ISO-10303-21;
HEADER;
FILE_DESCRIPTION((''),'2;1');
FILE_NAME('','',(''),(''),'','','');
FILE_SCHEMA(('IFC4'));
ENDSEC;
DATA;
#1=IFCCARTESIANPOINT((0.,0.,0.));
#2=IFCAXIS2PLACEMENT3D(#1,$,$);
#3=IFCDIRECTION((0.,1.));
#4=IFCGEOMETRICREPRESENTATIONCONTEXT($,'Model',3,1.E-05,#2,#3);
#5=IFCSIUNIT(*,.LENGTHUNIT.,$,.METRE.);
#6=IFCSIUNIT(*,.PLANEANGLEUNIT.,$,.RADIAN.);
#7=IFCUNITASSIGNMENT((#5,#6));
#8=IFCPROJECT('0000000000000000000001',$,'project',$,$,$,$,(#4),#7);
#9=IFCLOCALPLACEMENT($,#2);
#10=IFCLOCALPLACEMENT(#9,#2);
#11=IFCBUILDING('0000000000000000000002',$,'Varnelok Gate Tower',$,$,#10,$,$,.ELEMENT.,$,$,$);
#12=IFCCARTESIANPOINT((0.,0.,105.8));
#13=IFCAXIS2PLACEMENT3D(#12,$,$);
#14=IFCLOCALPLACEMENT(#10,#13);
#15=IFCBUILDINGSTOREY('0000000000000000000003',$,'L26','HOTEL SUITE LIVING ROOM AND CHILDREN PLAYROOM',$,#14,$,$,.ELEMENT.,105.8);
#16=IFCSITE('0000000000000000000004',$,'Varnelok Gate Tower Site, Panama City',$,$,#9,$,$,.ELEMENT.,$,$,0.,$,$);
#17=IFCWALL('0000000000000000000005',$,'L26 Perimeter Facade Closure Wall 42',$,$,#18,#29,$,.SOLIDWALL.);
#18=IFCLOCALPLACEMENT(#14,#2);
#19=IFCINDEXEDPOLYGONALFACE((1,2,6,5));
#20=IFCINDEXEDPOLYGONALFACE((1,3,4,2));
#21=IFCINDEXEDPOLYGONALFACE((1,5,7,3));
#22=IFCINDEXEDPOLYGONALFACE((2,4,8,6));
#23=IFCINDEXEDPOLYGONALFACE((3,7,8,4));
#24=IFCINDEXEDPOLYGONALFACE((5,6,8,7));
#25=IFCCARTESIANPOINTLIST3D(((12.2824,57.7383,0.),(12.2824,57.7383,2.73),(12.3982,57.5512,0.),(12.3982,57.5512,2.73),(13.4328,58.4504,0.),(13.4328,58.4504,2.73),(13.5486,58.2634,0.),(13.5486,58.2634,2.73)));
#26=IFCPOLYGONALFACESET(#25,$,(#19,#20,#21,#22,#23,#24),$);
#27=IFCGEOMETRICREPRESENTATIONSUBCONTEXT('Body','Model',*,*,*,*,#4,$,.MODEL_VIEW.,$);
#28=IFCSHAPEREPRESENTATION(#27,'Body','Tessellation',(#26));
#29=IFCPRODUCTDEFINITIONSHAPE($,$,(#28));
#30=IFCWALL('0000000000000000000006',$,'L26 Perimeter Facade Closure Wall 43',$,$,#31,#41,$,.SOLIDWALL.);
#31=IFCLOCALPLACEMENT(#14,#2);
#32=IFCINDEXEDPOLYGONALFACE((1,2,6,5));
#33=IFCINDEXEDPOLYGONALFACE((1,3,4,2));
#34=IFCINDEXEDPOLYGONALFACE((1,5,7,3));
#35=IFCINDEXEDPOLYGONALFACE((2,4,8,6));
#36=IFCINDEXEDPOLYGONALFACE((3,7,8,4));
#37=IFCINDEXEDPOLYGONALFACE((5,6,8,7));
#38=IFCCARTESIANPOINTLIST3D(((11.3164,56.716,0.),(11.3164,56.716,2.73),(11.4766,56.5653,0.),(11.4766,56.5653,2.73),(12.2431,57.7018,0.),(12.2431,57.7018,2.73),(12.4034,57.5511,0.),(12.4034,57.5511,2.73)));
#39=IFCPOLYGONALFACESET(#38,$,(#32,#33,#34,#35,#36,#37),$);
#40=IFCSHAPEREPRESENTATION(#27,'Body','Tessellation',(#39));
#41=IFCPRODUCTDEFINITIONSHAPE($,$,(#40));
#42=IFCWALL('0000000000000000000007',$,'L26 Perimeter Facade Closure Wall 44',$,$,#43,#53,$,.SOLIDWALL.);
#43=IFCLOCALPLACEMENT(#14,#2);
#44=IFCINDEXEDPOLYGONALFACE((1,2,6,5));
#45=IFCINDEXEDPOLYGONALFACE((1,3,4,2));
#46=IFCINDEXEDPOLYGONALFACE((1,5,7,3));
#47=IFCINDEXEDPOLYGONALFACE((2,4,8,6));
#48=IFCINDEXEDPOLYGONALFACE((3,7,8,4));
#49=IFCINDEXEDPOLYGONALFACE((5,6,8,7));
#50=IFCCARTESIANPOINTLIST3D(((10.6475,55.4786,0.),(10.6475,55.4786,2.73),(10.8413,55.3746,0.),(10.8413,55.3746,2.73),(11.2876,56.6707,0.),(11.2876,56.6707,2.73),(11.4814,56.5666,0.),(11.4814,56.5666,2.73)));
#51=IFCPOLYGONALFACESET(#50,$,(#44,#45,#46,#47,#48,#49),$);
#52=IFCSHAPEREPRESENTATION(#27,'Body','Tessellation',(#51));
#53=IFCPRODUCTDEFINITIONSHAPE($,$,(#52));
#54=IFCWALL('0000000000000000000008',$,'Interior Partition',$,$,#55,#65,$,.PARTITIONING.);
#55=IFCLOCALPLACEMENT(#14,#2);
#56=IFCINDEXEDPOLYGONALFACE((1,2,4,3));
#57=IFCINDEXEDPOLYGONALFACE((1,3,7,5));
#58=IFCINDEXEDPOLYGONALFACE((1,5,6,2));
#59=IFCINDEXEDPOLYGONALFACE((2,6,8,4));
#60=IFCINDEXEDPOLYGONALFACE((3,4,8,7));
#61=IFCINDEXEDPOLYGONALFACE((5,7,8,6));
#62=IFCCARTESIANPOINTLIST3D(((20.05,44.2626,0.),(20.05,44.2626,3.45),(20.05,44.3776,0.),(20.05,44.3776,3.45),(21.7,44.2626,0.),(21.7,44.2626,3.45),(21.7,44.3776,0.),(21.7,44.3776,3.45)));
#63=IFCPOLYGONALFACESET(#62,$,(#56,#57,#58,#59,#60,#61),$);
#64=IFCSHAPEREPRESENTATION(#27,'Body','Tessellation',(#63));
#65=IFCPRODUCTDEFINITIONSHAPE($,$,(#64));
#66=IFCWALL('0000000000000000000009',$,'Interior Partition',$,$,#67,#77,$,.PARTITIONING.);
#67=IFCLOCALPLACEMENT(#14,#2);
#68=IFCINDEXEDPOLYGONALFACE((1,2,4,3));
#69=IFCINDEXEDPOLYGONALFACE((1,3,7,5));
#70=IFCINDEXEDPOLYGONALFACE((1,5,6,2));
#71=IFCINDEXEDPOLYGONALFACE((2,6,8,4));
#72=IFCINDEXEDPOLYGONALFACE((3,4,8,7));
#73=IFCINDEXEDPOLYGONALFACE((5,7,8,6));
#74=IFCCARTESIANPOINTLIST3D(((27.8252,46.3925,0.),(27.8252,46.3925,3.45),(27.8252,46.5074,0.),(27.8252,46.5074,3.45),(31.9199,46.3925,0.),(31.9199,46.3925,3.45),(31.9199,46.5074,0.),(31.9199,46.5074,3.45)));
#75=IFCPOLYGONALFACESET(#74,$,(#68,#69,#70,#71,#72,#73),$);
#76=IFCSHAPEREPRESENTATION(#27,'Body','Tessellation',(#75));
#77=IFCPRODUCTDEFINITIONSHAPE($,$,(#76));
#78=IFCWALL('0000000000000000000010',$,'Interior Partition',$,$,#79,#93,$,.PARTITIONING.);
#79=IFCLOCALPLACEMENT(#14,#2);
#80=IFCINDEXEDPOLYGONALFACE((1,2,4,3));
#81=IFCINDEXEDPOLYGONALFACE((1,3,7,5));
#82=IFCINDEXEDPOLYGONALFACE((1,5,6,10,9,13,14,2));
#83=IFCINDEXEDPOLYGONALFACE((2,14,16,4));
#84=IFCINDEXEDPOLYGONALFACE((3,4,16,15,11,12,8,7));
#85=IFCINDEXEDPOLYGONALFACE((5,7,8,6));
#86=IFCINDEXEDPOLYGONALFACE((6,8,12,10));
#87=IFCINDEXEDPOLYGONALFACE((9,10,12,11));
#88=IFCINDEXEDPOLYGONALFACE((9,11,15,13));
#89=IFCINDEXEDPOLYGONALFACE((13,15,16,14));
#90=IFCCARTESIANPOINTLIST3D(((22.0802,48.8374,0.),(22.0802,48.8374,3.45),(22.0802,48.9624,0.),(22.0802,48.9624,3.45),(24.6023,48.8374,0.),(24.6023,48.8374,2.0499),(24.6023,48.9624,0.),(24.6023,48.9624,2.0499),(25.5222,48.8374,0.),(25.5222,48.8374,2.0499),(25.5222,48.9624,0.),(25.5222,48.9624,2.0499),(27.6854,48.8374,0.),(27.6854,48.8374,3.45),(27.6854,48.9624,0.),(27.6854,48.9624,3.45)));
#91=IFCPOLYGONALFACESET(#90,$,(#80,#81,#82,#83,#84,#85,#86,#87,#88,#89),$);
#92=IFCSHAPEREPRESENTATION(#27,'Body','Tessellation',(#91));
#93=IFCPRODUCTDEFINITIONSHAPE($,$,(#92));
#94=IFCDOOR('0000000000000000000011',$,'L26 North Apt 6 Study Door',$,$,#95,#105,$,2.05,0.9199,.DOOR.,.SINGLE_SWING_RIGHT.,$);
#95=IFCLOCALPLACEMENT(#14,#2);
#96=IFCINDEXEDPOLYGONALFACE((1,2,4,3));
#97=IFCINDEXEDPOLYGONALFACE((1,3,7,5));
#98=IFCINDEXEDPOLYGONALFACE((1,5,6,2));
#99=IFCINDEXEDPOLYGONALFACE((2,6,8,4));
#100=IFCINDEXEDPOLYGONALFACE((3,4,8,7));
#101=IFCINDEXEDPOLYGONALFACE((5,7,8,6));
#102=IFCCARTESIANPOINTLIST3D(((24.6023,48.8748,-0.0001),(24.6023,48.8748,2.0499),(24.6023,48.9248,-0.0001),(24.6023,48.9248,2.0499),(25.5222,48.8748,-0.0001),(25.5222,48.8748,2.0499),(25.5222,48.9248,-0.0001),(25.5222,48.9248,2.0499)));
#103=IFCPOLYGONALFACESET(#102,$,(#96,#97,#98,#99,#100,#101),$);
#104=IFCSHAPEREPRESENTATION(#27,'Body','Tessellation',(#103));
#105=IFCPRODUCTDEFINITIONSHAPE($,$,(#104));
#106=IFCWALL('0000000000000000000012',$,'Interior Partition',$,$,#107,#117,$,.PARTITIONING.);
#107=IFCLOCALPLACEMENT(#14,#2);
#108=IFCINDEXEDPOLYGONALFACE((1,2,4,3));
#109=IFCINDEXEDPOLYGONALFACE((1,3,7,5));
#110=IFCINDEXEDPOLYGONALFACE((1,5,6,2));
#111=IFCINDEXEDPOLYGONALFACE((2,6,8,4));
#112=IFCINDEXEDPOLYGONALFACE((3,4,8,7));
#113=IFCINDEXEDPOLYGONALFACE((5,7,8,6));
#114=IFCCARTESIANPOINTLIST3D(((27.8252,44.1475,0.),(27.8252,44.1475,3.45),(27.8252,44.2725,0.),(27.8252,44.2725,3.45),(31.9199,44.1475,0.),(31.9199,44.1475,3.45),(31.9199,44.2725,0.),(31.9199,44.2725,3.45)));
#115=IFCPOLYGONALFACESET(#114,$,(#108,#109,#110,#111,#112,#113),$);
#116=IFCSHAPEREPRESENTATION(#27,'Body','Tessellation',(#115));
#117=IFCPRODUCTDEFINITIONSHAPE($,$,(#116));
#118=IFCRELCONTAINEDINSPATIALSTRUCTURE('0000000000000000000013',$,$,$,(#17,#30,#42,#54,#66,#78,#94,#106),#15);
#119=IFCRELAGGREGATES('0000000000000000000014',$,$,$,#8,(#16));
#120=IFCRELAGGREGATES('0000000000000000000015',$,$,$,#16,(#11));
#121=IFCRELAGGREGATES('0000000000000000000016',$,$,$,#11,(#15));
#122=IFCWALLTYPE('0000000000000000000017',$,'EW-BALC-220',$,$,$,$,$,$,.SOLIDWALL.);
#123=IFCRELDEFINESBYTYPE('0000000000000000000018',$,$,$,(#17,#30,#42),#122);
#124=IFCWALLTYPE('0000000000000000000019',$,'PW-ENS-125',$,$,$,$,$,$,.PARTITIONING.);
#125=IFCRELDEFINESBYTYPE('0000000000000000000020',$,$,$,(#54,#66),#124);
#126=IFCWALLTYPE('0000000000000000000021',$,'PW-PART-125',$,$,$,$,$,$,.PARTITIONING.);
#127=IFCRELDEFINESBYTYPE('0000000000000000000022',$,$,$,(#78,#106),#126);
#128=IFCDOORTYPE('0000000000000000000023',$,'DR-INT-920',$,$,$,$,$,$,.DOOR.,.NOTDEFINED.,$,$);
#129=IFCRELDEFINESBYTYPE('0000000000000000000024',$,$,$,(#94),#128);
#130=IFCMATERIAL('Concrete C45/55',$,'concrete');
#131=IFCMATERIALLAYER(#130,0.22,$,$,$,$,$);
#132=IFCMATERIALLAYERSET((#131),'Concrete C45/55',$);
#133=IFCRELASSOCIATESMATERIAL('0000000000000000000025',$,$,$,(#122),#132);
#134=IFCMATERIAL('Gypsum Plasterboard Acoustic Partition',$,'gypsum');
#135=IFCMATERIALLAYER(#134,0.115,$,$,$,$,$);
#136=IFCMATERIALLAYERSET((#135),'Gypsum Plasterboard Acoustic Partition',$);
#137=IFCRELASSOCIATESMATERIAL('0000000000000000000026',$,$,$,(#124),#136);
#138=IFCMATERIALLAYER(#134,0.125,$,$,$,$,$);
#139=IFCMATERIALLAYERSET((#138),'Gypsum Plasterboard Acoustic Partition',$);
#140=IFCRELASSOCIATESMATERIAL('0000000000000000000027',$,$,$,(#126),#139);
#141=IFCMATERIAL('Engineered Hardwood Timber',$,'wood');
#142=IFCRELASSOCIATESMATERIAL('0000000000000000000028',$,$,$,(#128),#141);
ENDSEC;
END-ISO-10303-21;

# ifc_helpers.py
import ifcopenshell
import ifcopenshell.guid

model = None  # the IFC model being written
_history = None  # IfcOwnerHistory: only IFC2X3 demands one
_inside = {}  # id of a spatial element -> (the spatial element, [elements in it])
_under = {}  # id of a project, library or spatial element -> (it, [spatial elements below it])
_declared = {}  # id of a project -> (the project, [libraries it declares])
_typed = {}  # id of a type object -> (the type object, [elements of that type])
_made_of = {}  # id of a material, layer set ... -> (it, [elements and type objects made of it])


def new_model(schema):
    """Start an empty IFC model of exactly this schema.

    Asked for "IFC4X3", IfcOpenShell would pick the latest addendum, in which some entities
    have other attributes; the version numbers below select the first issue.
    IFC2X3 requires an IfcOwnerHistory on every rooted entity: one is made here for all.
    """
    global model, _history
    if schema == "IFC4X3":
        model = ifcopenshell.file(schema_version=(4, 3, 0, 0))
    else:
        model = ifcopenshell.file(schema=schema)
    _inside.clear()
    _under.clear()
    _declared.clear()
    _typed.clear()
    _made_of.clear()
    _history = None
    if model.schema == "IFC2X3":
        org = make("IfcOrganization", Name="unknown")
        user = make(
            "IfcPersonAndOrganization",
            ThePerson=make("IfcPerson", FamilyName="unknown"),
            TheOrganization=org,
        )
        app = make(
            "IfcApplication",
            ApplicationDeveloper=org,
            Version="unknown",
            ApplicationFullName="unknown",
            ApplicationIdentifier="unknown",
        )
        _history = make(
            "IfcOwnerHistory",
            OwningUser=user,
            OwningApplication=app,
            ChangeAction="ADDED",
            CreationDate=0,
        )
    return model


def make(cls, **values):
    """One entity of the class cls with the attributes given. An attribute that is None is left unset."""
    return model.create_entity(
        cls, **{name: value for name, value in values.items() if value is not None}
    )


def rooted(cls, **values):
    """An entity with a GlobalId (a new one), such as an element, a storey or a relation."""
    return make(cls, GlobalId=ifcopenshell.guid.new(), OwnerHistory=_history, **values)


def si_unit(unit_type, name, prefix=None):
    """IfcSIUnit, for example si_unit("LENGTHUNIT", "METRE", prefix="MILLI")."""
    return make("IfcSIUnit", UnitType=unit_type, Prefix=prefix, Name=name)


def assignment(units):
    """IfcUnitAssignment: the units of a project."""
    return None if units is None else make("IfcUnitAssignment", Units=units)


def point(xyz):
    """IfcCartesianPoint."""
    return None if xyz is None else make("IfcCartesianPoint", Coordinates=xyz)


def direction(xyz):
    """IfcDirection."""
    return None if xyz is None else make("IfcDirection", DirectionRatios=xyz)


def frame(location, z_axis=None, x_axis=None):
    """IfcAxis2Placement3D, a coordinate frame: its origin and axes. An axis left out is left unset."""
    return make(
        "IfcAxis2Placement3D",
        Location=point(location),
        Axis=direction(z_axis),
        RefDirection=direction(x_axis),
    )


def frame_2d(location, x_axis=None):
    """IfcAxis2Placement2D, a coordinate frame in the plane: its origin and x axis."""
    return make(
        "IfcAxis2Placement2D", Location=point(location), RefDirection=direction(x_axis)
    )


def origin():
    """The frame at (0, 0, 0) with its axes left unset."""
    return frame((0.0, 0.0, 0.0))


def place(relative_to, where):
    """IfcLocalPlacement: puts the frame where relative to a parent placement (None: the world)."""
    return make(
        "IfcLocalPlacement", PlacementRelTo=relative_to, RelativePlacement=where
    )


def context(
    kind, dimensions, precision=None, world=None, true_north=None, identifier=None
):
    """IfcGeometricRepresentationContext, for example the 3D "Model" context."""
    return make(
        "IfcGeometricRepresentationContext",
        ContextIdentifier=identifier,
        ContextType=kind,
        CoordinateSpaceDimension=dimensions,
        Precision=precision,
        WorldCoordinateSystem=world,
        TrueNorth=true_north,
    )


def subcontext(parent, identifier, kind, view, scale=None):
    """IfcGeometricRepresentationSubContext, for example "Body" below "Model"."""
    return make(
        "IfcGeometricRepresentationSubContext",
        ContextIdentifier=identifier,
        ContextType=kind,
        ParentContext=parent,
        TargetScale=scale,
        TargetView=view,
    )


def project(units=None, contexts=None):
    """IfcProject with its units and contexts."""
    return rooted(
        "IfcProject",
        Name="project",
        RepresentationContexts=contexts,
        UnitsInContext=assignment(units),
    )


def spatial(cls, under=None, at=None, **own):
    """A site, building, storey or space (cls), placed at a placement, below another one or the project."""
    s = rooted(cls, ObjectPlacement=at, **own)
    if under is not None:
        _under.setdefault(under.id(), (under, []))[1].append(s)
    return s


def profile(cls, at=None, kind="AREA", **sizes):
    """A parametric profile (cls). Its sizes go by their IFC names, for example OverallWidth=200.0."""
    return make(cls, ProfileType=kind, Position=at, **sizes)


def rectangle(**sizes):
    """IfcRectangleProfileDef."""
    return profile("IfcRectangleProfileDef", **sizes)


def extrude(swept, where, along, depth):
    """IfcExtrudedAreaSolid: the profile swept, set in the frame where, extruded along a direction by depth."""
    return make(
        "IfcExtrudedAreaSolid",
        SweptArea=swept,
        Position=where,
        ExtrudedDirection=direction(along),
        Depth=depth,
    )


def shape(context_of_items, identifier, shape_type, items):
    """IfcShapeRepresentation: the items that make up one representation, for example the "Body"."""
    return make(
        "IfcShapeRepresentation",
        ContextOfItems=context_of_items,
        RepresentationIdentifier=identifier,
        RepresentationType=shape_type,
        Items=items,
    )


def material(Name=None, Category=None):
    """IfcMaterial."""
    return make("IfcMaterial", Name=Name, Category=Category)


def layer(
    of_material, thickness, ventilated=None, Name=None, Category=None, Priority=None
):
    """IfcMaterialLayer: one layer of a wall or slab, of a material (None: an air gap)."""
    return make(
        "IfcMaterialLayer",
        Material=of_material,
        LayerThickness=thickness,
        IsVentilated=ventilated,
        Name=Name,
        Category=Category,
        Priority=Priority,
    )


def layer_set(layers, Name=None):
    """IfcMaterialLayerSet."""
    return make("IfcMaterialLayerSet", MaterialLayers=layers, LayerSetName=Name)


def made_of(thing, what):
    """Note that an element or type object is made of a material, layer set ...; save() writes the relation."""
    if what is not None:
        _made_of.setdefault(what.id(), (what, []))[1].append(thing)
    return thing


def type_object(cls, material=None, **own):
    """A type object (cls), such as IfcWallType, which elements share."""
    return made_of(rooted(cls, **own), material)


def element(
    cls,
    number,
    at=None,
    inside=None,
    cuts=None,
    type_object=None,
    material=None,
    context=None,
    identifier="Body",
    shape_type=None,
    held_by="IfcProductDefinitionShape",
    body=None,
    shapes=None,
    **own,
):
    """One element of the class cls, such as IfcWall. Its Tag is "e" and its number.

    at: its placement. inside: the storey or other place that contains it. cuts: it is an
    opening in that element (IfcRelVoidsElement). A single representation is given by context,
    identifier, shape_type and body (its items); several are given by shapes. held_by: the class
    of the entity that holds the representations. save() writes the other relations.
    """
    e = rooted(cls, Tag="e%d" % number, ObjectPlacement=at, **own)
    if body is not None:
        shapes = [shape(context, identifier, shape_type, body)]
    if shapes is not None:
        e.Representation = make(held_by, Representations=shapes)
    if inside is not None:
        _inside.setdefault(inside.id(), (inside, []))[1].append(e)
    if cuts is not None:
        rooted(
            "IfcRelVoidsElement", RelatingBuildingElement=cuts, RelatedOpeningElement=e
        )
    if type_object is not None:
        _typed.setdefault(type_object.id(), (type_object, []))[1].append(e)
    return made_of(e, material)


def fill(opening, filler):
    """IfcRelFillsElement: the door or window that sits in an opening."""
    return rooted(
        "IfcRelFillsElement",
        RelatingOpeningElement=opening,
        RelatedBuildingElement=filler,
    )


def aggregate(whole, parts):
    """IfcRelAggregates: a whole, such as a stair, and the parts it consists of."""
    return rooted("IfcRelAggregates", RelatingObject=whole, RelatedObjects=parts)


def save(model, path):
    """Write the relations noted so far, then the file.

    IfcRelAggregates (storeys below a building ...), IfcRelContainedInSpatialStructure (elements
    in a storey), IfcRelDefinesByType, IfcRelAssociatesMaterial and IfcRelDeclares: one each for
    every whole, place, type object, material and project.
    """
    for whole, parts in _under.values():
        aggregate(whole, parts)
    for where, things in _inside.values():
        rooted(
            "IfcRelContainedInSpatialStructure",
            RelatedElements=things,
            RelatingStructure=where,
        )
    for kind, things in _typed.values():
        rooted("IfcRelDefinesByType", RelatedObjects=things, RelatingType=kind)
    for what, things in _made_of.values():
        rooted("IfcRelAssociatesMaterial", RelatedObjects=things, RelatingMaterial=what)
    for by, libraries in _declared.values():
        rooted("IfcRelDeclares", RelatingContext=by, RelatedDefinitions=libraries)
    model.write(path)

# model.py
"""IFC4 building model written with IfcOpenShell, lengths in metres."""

from ifc_helpers import new_model, si_unit, direction, frame, frame_2d, origin, place, context, subcontext, project, spatial, rectangle, extrude, material, layer, layer_set, type_object, element, fill, save


model = new_model("IFC4")

# Units and contexts
model_context = context("Model", 3, precision=1e-05, world=origin(), true_north=direction((0.0, 1.0)))
body_context = subcontext(model_context, "Body", "Model", "MODEL_VIEW")
ifc_project = project(units=[si_unit("LENGTHUNIT", "METRE"), si_unit("PLANEANGLEUNIT", "RADIAN")], contexts=[model_context])

# Site, building, storey
site_placement = place(None, origin())
site = spatial("IfcSite", under=ifc_project, at=site_placement, Name="Varnelok Gate Tower Site, Panama City", CompositionType="ELEMENT", RefElevation=0.0)
building_placement = place(site_placement, origin())
building = spatial("IfcBuilding", under=site, at=building_placement, Name="Varnelok Gate Tower", CompositionType="ELEMENT")
storey_placement = place(building_placement, frame((0.0, 0.0, 105.8)))
storey = spatial("IfcBuildingStorey", under=building, at=storey_placement, Name="L26", Description="HOTEL SUITE LIVING ROOM AND CHILDREN PLAYROOM", CompositionType="ELEMENT", Elevation=105.8)

# Walls
ifc_material_1 = material(Name="Concrete C45/55", Category="concrete")
ifc_layer_1 = layer(ifc_material_1, 0.22)
ifc_layer_set_1 = layer_set([ifc_layer_1], Name="Concrete C45/55")
wall_type_1 = type_object("IfcWallType", Name="EW-BALC-220", PredefinedType="SOLIDWALL", material=ifc_layer_set_1)
for number, where, z_axis, x_axis, name in (
    (1, (13.4907, 58.3569, 0.0), (0.0, 0.0, 1.0), (-0.850261, -0.526361, 0.0), "L26 Perimeter Facade Closure Wall 42"),
    (2, (12.3232, 57.6265, 0.0), (0.0, 0.0, 1.0), (-0.684937, -0.728602, 0.0), "L26 Perimeter Facade Closure Wall 43"),
    (3, (11.3845, 56.6187, 0.0), (0.0, 0.0, 1.0), (-0.473077, -0.881021, 0.0), "L26 Perimeter Facade Closure Wall 44"),
):
    element("IfcWall", number, at=place(storey_placement, frame(where, z_axis=z_axis, x_axis=x_axis)), inside=storey, type_object=wall_type_1, Name=name, PredefinedType="SOLIDWALL", context=body_context, shape_type="SweptSolid", body=[
        extrude(rectangle(XDim=1.353, YDim=0.22, at=frame_2d((0.6765, 0.0))), origin(), (0.0, 0.0, 1.0), 2.73),
    ])
ifc_material_2 = material(Name="Gypsum Plasterboard Acoustic Partition", Category="gypsum")
ifc_layer_2 = layer(ifc_material_2, 0.115)
ifc_layer_set_2 = layer_set([ifc_layer_2], Name="Gypsum Plasterboard Acoustic Partition")
wall_type_2 = type_object("IfcWallType", Name="PW-ENS-125", PredefinedType="PARTITIONING", material=ifc_layer_set_2)
wall_1_placement = place(storey_placement, frame((20.05, 44.3201, 0.0), z_axis=(0.0, 0.0, 1.0), x_axis=(1.0, 0.0, 0.0)))
element("IfcWall", 4, at=wall_1_placement, inside=storey, type_object=wall_type_2, Name="Interior Partition", PredefinedType="PARTITIONING", context=body_context, shape_type="SweptSolid", body=[
    extrude(rectangle(XDim=1.6499, YDim=0.115, at=frame_2d((0.825, 0.0))), origin(), (0.0, 0.0, 1.0), 3.45),
])
wall_2_placement = place(storey_placement, frame((27.8252, 46.45, 0.0), z_axis=(0.0, 0.0, 1.0), x_axis=(1.0, 0.0, 0.0)))
element("IfcWall", 5, at=wall_2_placement, inside=storey, type_object=wall_type_2, Name="Interior Partition", PredefinedType="PARTITIONING", context=body_context, shape_type="SweptSolid", body=[
    extrude(rectangle(XDim=4.0947, YDim=0.115, at=frame_2d((2.0474, 0.0))), origin(), (0.0, 0.0, 1.0), 3.45),
])

# Wall, opening, door
ifc_layer_3 = layer(ifc_material_2, 0.125)
ifc_layer_set_3 = layer_set([ifc_layer_3], Name="Gypsum Plasterboard Acoustic Partition")
wall_type_3 = type_object("IfcWallType", Name="PW-PART-125", PredefinedType="PARTITIONING", material=ifc_layer_set_3)
wall_3_placement = place(storey_placement, frame((22.0801, 48.8999, 0.0), z_axis=(0.0, 0.0, 1.0), x_axis=(1.0, 0.0, 0.0)))
wall_3 = element("IfcWall", 6, at=wall_3_placement, inside=storey, type_object=wall_type_3, Name="Interior Partition", PredefinedType="PARTITIONING", context=body_context, shape_type="SweptSolid", body=[
    extrude(rectangle(XDim=5.6052, YDim=0.125, at=frame_2d((2.8027, 0.0))), origin(), (0.0, 0.0, 1.0), 3.45),
])
opening_placement = place(wall_3_placement, frame((2.5222, 0.0, 0.0)))
opening = element("IfcOpeningElement", 7, at=opening_placement, cuts=wall_3, PredefinedType="OPENING", context=body_context, shape_type="SweptSolid", body=[
    extrude(rectangle(XDim=0.9199, YDim=2.05, at=frame_2d((0.46, 1.0249))), frame((0.0, 0.0725, 0.0), z_axis=(0.0, -1.0, 0.0), x_axis=(1.0, 0.0, 0.0)), (0.0, 0.0, 1.0), 0.145),
])
ifc_material_3 = material(Name="Engineered Hardwood Timber", Category="wood")
door_type = type_object("IfcDoorType", Name="DR-INT-920", OperationType="NOTDEFINED", PredefinedType="DOOR", material=ifc_material_3)
door_placement = place(opening_placement, origin())
door = element("IfcDoor", 8, at=door_placement, inside=storey, type_object=door_type, Name="L26 North Apt 6 Study Door", OperationType="SINGLE_SWING_RIGHT", OverallHeight=2.05, OverallWidth=0.9199, PredefinedType="DOOR", context=body_context, shape_type="SweptSolid", body=[
    extrude(rectangle(XDim=0.9199, YDim=2.05, at=frame_2d((0.46, 1.0249))), frame((0.0, 0.0249, 0.0), z_axis=(0.0, -1.0, 0.0), x_axis=(1.0, 0.0, 0.0)), (0.0, 0.0, 1.0), 0.05),
])
fill(opening, door)

# Wall
wall_4_placement = place(storey_placement, frame((27.8252, 44.21, 0.0), z_axis=(0.0, 0.0, 1.0), x_axis=(1.0, 0.0, 0.0)))
element("IfcWall", 9, at=wall_4_placement, inside=storey, type_object=wall_type_3, Name="Interior Partition", PredefinedType="PARTITIONING", context=body_context, shape_type="SweptSolid", body=[
    extrude(rectangle(XDim=4.0947, YDim=0.125, at=frame_2d((2.0474, 0.0))), origin(), (0.0, 0.0, 1.0), 3.45),
])

save(model, "model.ifc")
